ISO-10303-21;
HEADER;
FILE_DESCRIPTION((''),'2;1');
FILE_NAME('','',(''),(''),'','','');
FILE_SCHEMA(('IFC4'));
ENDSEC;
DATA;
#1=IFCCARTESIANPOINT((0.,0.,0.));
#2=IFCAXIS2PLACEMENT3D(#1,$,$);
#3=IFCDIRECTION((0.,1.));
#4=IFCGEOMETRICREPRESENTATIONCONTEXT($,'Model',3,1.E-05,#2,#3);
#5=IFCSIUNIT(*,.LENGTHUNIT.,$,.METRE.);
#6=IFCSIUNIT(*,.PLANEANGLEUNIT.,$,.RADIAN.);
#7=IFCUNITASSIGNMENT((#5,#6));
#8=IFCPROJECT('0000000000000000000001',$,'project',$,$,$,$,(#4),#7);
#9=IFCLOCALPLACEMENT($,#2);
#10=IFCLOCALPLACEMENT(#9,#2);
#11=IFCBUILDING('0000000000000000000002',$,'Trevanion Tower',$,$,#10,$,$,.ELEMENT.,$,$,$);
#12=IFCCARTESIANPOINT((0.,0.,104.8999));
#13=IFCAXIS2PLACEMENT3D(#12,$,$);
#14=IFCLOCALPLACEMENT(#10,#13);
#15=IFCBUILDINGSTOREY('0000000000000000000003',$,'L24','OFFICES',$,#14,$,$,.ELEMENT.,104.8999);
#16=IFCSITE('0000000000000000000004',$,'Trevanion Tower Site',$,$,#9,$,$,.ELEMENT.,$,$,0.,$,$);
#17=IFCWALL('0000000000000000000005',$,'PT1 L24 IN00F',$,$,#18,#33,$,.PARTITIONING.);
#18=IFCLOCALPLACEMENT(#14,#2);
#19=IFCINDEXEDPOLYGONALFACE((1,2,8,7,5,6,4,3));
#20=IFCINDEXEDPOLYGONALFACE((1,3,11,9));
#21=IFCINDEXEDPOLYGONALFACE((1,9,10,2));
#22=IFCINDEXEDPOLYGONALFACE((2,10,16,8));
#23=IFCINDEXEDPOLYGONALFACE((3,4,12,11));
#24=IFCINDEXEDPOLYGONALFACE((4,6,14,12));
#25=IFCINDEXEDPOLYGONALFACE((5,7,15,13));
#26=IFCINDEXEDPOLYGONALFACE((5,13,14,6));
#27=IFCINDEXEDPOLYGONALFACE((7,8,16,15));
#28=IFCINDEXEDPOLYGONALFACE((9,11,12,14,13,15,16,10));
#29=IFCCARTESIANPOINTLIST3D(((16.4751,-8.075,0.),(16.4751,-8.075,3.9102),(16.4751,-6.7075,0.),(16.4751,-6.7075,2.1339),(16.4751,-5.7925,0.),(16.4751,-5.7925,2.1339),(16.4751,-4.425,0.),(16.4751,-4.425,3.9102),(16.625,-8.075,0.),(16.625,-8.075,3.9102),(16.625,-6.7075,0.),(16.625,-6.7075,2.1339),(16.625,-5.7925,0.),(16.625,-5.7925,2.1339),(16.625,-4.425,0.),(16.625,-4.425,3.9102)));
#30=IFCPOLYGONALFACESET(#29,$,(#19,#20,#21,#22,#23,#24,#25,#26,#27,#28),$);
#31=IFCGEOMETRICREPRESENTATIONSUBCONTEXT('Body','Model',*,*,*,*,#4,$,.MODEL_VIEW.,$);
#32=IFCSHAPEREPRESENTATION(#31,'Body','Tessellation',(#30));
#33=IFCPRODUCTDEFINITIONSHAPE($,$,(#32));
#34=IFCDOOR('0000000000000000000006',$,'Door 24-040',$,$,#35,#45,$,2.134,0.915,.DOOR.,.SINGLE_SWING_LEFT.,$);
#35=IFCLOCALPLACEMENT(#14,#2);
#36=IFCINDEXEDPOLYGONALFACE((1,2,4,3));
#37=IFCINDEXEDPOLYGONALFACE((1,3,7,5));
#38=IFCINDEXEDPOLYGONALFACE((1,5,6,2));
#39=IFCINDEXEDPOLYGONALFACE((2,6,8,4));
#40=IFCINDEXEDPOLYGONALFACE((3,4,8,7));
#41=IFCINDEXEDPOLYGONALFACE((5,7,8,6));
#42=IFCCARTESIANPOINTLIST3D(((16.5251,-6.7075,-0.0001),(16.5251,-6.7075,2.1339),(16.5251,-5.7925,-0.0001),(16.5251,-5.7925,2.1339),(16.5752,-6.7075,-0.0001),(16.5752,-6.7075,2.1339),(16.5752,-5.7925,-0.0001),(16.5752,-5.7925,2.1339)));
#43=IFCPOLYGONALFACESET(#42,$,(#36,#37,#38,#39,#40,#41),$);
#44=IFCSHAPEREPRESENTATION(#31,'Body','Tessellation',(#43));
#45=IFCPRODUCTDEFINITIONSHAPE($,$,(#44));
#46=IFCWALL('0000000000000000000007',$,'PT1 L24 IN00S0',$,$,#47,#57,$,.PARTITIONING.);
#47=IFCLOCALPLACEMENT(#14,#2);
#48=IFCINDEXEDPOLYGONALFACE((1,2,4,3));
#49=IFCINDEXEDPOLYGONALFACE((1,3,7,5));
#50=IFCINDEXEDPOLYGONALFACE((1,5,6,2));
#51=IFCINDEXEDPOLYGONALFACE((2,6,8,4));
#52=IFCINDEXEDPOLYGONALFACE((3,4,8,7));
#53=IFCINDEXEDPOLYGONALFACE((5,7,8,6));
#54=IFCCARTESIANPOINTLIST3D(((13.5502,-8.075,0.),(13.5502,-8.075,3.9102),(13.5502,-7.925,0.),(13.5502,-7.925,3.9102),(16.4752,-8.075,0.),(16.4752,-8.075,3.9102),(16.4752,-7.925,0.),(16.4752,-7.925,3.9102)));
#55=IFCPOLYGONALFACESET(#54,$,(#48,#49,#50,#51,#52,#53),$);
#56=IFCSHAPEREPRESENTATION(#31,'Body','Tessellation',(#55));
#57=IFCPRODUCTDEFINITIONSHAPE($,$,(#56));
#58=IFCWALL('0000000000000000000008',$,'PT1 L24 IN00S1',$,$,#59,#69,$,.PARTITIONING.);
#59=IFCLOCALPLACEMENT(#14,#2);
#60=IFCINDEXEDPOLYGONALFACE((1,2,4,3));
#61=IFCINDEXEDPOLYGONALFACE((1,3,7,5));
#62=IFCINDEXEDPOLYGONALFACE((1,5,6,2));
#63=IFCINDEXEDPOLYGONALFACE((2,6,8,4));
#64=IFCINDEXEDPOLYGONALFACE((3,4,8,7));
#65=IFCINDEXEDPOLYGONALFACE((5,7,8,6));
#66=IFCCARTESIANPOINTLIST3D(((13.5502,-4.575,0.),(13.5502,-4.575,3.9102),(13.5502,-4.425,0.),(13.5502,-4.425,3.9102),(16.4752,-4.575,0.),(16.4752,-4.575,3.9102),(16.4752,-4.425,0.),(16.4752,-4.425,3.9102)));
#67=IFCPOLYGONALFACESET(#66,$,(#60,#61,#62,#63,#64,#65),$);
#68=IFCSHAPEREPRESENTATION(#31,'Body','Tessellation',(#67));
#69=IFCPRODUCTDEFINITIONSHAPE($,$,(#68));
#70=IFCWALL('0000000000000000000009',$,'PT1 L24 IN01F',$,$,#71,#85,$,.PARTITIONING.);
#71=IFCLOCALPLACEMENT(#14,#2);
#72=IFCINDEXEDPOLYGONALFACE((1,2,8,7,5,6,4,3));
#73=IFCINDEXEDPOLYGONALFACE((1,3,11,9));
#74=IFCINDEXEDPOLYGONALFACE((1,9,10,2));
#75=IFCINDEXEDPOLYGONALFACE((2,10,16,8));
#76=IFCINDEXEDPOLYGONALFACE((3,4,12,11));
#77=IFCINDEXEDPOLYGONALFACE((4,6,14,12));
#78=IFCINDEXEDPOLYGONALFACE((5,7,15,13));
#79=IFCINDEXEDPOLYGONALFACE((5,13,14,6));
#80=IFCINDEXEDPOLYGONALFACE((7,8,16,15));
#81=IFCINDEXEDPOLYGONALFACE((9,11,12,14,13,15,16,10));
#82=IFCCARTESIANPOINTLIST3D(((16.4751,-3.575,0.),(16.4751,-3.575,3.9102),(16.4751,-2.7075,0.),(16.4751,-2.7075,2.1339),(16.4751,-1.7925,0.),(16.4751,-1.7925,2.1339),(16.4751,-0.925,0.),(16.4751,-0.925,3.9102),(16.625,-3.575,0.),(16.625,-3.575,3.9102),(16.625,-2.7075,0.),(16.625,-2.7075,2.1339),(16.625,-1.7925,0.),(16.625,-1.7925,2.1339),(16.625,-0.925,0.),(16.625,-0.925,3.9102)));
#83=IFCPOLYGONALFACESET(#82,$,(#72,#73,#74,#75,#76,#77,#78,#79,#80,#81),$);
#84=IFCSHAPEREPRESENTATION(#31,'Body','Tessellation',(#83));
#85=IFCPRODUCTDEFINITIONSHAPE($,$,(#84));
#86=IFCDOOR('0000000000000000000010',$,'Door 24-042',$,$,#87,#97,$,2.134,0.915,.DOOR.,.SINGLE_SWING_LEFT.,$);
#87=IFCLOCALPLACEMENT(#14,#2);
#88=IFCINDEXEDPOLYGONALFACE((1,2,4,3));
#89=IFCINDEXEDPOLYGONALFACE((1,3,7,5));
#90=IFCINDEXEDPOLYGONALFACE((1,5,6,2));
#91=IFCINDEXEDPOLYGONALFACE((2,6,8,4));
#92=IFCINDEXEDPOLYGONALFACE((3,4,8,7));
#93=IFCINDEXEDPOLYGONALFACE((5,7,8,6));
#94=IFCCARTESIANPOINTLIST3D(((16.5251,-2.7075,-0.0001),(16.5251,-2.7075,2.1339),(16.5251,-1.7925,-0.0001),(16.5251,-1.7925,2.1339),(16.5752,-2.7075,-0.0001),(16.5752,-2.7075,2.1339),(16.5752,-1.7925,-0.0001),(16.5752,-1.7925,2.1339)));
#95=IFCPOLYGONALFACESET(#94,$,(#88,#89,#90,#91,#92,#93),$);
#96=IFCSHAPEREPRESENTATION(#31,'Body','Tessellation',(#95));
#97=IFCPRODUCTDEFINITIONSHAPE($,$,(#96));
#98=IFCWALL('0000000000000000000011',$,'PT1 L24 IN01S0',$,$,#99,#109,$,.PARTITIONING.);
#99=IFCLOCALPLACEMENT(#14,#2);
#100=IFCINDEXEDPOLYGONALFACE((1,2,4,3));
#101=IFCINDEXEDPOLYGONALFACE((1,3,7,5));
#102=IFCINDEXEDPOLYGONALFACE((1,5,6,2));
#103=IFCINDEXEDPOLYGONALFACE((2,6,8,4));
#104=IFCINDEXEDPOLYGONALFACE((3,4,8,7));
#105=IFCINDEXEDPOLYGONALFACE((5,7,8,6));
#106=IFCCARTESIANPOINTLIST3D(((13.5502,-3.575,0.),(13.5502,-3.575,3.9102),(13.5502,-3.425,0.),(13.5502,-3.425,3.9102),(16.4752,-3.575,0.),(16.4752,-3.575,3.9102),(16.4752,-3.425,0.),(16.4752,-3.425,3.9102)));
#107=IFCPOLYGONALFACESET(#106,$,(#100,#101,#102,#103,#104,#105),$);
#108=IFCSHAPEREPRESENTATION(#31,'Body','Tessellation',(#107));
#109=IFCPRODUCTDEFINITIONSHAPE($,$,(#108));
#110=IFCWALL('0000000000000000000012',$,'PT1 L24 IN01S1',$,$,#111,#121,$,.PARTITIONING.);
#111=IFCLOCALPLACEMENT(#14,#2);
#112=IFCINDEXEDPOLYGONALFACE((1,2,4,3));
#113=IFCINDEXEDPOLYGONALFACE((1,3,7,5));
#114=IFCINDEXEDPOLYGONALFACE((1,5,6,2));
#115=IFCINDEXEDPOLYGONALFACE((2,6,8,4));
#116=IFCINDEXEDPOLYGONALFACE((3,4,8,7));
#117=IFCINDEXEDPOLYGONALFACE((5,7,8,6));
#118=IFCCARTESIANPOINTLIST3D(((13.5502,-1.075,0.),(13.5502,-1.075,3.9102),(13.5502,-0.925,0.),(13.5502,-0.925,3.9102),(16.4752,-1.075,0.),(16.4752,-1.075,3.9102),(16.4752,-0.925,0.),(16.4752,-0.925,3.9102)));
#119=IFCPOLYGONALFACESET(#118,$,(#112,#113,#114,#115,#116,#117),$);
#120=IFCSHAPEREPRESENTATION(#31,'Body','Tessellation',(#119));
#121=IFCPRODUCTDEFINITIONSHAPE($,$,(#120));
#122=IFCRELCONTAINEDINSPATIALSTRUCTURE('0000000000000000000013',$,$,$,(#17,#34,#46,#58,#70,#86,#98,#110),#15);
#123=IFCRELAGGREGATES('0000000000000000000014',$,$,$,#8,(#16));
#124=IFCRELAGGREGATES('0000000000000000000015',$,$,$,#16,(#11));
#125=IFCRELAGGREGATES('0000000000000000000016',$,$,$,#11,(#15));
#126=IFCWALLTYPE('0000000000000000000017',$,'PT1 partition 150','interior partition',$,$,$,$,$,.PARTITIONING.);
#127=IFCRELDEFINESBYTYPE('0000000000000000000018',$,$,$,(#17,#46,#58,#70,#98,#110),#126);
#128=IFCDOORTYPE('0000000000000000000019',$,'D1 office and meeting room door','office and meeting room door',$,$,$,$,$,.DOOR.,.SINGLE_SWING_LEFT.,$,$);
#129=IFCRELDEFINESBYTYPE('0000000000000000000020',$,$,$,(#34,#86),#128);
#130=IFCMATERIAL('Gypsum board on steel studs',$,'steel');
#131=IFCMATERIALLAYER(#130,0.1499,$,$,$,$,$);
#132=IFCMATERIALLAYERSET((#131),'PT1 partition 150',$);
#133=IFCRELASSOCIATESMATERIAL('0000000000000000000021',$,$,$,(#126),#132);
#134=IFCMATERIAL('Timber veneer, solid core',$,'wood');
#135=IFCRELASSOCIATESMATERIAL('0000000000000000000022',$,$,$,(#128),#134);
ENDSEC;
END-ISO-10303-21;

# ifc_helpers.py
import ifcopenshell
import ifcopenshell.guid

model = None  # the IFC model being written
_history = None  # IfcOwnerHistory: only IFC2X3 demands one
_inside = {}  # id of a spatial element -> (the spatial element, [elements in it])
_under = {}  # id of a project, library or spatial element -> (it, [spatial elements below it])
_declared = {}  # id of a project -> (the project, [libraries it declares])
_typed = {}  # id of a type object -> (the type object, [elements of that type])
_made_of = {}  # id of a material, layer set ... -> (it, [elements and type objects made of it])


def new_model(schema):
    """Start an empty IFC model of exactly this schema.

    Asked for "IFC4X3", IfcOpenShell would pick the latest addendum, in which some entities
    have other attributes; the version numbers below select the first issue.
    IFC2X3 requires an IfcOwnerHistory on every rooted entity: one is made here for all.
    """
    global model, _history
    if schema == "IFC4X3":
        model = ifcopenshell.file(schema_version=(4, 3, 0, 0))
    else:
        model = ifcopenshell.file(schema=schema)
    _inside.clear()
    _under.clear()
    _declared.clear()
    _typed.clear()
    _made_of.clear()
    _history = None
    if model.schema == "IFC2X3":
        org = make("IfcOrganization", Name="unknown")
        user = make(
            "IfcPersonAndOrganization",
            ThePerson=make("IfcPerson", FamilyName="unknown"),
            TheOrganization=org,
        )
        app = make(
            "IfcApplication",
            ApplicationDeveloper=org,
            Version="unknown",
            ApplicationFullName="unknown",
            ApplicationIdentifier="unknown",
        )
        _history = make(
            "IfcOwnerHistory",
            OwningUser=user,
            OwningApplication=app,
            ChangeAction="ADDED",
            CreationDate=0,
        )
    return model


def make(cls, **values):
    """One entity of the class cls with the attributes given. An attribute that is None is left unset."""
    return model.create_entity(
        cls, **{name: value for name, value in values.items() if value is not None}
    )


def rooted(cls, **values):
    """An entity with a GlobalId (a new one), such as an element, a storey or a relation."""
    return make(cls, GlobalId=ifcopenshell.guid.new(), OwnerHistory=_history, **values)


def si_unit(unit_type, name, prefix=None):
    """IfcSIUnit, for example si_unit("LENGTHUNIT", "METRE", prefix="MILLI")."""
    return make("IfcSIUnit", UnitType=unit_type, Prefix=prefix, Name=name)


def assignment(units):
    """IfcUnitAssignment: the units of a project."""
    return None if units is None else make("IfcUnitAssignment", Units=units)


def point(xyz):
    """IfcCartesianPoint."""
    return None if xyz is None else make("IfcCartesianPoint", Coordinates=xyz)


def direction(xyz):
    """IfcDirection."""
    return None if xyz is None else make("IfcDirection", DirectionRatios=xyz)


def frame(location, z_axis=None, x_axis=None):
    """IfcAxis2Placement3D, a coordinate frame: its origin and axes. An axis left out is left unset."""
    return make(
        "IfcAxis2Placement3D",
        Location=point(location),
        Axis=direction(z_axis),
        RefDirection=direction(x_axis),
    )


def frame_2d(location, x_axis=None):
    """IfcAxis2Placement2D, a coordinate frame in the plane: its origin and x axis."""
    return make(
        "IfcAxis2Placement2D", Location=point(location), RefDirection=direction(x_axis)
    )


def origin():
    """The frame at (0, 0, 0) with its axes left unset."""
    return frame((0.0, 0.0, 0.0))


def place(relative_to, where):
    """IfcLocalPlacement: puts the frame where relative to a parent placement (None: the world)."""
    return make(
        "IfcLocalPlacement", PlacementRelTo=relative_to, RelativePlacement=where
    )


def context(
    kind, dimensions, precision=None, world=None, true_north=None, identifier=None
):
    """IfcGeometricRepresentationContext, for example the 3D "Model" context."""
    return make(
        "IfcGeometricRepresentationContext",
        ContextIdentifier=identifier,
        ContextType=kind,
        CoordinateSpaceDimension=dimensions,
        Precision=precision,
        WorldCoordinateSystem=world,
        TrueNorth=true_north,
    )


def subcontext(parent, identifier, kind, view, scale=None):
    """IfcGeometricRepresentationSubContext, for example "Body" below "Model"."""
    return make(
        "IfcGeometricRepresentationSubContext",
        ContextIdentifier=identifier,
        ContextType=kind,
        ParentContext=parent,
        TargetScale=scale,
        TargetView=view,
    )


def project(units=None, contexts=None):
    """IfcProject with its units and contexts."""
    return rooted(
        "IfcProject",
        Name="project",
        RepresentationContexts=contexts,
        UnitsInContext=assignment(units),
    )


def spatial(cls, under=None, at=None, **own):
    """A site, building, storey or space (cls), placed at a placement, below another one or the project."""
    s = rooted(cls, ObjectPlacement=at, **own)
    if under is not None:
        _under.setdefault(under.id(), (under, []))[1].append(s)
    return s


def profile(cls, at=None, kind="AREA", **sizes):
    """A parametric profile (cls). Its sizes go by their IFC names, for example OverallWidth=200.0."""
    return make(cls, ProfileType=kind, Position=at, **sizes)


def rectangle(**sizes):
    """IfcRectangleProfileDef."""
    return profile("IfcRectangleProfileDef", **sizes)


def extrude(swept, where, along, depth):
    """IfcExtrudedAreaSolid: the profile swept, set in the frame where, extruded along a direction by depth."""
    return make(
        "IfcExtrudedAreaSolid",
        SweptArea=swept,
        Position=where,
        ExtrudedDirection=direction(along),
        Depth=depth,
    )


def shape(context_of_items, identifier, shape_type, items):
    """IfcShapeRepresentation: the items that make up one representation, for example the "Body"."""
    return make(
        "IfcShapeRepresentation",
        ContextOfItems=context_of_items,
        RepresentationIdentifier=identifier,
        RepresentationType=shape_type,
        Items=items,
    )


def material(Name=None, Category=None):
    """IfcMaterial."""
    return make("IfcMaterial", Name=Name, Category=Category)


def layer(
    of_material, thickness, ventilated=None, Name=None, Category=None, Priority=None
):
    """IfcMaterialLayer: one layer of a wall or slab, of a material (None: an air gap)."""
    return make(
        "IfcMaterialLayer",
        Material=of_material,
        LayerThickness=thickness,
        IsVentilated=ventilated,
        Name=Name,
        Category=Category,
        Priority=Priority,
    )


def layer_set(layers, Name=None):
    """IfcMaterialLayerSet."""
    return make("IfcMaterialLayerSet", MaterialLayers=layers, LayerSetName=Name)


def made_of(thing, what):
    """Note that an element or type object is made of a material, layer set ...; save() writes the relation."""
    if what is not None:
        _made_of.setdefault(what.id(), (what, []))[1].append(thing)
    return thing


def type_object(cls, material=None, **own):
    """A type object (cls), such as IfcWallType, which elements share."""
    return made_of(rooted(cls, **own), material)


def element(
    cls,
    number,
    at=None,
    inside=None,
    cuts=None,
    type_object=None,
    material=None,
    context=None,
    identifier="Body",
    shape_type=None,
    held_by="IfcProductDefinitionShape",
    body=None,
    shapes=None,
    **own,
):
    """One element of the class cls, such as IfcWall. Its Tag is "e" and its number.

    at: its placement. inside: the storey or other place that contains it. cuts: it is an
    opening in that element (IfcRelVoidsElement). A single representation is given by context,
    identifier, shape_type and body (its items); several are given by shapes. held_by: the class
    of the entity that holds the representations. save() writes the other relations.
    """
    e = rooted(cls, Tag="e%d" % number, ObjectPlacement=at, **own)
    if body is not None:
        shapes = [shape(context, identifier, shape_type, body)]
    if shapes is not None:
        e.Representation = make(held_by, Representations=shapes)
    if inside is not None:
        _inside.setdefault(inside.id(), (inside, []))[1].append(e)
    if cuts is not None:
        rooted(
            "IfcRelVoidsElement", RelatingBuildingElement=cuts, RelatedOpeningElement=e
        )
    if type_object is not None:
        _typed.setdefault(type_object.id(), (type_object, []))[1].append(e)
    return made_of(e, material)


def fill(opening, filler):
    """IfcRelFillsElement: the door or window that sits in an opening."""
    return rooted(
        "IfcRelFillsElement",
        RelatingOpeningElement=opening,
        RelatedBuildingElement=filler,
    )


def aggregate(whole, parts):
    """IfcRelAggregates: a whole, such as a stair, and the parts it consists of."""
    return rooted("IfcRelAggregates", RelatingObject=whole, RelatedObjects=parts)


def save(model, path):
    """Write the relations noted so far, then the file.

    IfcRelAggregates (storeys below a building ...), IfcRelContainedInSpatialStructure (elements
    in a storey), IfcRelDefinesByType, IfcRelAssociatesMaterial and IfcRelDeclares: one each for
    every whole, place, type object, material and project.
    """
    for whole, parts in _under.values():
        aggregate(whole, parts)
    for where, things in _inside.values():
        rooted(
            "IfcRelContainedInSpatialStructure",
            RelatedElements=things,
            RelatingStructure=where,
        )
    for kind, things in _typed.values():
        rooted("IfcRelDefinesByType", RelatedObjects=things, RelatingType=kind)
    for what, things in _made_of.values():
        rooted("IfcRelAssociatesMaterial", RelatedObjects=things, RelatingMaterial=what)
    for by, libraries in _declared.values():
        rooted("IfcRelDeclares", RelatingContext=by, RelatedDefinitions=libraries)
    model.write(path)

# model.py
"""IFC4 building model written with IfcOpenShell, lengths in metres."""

from ifc_helpers import new_model, si_unit, direction, frame, frame_2d, origin, place, context, subcontext, project, spatial, rectangle, extrude, material, layer, layer_set, type_object, element, fill, save


model = new_model("IFC4")

# Units and contexts
model_context = context("Model", 3, precision=1e-05, world=origin(), true_north=direction((0.0, 1.0)))
body_context = subcontext(model_context, "Body", "Model", "MODEL_VIEW")
ifc_project = project(units=[si_unit("LENGTHUNIT", "METRE"), si_unit("PLANEANGLEUNIT", "RADIAN")], contexts=[model_context])

# Site, building, storey
site_placement = place(None, origin())
site = spatial("IfcSite", under=ifc_project, at=site_placement, Name="Trevanion Tower Site", CompositionType="ELEMENT", RefElevation=0.0)
building_placement = place(site_placement, origin())
building = spatial("IfcBuilding", under=site, at=building_placement, Name="Trevanion Tower", CompositionType="ELEMENT")
storey_placement = place(building_placement, frame((0.0, 0.0, 104.8999)))
storey = spatial("IfcBuildingStorey", under=building, at=storey_placement, Name="L24", Description="OFFICES", CompositionType="ELEMENT", Elevation=104.8999)

# Shared definitions
ifc_material_1 = material(Name="Gypsum board on steel studs", Category="steel")
ifc_layer_1 = layer(ifc_material_1, 0.1499)
ifc_layer_set_1 = layer_set([ifc_layer_1], Name="PT1 partition 150")
wall_type = type_object("IfcWallType", Name="PT1 partition 150", Description="interior partition", PredefinedType="PARTITIONING", material=ifc_layer_set_1)
ifc_material_2 = material(Name="Timber veneer, solid core", Category="wood")
door_type = type_object("IfcDoorType", Name="D1 office and meeting room door", Description="office and meeting room door", OperationType="SINGLE_SWING_LEFT", PredefinedType="DOOR", material=ifc_material_2)

# Wall, opening, door
wall_1_placement = place(storey_placement, frame((16.55, -8.075, 0.0), z_axis=(0.0, 0.0, 1.0), x_axis=(0.0, 1.0, 0.0)))
wall_1 = element("IfcWall", 1, at=wall_1_placement, inside=storey, type_object=wall_type, Name="PT1 L24 IN00F", PredefinedType="PARTITIONING", context=body_context, shape_type="SweptSolid", body=[
    extrude(rectangle(XDim=3.6499, YDim=0.1499, at=frame_2d((1.825, 0.0))), origin(), (0.0, 0.0, 1.0), 3.9102),
])
opening_1_placement = place(wall_1_placement, frame((1.3674, 0.0, 0.0)))
opening_1 = element("IfcOpeningElement", 2, at=opening_1_placement, cuts=wall_1, PredefinedType="OPENING", context=body_context, shape_type="SweptSolid", body=[
    extrude(rectangle(XDim=0.915, YDim=2.134, at=frame_2d((0.4575, 1.0669))), frame((0.0, 0.085, 0.0), z_axis=(0.0, -1.0, 0.0), x_axis=(1.0, 0.0, 0.0)), (0.0, 0.0, 1.0), 0.1699),
])
door_1_placement = place(opening_1_placement, origin())
door_1 = element("IfcDoor", 3, at=door_1_placement, inside=storey, type_object=door_type, Name="Door 24-040", OperationType="SINGLE_SWING_LEFT", OverallHeight=2.134, OverallWidth=0.915, PredefinedType="DOOR", context=body_context, shape_type="SweptSolid", body=[
    extrude(rectangle(XDim=0.915, YDim=2.134, at=frame_2d((0.4575, 1.0669))), frame((0.0, 0.0249, 0.0), z_axis=(0.0, -1.0, 0.0), x_axis=(1.0, 0.0, 0.0)), (0.0, 0.0, 1.0), 0.05),
])
fill(opening_1, door_1)

# Walls
for number, where, z_axis, x_axis, name in (
    (4, (16.4751, -8.0, 0.0), (0.0, 0.0, 1.0), (-1.0, 0.0, 0.0), "PT1 L24 IN00S0"),
    (5, (16.4751, -4.5, 0.0), (0.0, 0.0, 1.0), (-1.0, 0.0, 0.0), "PT1 L24 IN00S1"),
):
    element("IfcWall", number, at=place(storey_placement, frame(where, z_axis=z_axis, x_axis=x_axis)), inside=storey, type_object=wall_type, Name=name, PredefinedType="PARTITIONING", context=body_context, shape_type="SweptSolid", body=[
        extrude(rectangle(XDim=2.925, YDim=0.1499, at=frame_2d((1.4624, 0.0))), origin(), (0.0, 0.0, 1.0), 3.9102),
    ])

# Wall, opening, door
wall_2_placement = place(storey_placement, frame((16.55, -3.575, 0.0), z_axis=(0.0, 0.0, 1.0), x_axis=(0.0, 1.0, 0.0)))
wall_2 = element("IfcWall", 6, at=wall_2_placement, inside=storey, type_object=wall_type, Name="PT1 L24 IN01F", PredefinedType="PARTITIONING", context=body_context, shape_type="SweptSolid", body=[
    extrude(rectangle(XDim=2.6499, YDim=0.1499, at=frame_2d((1.325, 0.0))), origin(), (0.0, 0.0, 1.0), 3.9102),
])
opening_2_placement = place(wall_2_placement, frame((0.8674, 0.0, 0.0)))
opening_2 = element("IfcOpeningElement", 7, at=opening_2_placement, cuts=wall_2, PredefinedType="OPENING", context=body_context, shape_type="SweptSolid", body=[
    extrude(rectangle(XDim=0.915, YDim=2.134, at=frame_2d((0.4575, 1.0669))), frame((0.0, 0.085, 0.0), z_axis=(0.0, -1.0, 0.0), x_axis=(1.0, 0.0, 0.0)), (0.0, 0.0, 1.0), 0.1699),
])
door_2_placement = place(opening_2_placement, origin())
door_2 = element("IfcDoor", 8, at=door_2_placement, inside=storey, type_object=door_type, Name="Door 24-042", OperationType="SINGLE_SWING_LEFT", OverallHeight=2.134, OverallWidth=0.915, PredefinedType="DOOR", context=body_context, shape_type="SweptSolid", body=[
    extrude(rectangle(XDim=0.915, YDim=2.134, at=frame_2d((0.4575, 1.0669))), frame((0.0, 0.0249, 0.0), z_axis=(0.0, -1.0, 0.0), x_axis=(1.0, 0.0, 0.0)), (0.0, 0.0, 1.0), 0.05),
])
fill(opening_2, door_2)

# Walls
for number, where, z_axis, x_axis, name in (
    (9, (16.4751, -3.5, 0.0), (0.0, 0.0, 1.0), (-1.0, 0.0, 0.0), "PT1 L24 IN01S0"),
    (10, (16.4751, -1.0, 0.0), (0.0, 0.0, 1.0), (-1.0, 0.0, 0.0), "PT1 L24 IN01S1"),
):
    element("IfcWall", number, at=place(storey_placement, frame(where, z_axis=z_axis, x_axis=x_axis)), inside=storey, type_object=wall_type, Name=name, PredefinedType="PARTITIONING", context=body_context, shape_type="SweptSolid", body=[
        extrude(rectangle(XDim=2.925, YDim=0.1499, at=frame_2d((1.4624, 0.0))), origin(), (0.0, 0.0, 1.0), 3.9102),
    ])

save(model, "model.ifc")
